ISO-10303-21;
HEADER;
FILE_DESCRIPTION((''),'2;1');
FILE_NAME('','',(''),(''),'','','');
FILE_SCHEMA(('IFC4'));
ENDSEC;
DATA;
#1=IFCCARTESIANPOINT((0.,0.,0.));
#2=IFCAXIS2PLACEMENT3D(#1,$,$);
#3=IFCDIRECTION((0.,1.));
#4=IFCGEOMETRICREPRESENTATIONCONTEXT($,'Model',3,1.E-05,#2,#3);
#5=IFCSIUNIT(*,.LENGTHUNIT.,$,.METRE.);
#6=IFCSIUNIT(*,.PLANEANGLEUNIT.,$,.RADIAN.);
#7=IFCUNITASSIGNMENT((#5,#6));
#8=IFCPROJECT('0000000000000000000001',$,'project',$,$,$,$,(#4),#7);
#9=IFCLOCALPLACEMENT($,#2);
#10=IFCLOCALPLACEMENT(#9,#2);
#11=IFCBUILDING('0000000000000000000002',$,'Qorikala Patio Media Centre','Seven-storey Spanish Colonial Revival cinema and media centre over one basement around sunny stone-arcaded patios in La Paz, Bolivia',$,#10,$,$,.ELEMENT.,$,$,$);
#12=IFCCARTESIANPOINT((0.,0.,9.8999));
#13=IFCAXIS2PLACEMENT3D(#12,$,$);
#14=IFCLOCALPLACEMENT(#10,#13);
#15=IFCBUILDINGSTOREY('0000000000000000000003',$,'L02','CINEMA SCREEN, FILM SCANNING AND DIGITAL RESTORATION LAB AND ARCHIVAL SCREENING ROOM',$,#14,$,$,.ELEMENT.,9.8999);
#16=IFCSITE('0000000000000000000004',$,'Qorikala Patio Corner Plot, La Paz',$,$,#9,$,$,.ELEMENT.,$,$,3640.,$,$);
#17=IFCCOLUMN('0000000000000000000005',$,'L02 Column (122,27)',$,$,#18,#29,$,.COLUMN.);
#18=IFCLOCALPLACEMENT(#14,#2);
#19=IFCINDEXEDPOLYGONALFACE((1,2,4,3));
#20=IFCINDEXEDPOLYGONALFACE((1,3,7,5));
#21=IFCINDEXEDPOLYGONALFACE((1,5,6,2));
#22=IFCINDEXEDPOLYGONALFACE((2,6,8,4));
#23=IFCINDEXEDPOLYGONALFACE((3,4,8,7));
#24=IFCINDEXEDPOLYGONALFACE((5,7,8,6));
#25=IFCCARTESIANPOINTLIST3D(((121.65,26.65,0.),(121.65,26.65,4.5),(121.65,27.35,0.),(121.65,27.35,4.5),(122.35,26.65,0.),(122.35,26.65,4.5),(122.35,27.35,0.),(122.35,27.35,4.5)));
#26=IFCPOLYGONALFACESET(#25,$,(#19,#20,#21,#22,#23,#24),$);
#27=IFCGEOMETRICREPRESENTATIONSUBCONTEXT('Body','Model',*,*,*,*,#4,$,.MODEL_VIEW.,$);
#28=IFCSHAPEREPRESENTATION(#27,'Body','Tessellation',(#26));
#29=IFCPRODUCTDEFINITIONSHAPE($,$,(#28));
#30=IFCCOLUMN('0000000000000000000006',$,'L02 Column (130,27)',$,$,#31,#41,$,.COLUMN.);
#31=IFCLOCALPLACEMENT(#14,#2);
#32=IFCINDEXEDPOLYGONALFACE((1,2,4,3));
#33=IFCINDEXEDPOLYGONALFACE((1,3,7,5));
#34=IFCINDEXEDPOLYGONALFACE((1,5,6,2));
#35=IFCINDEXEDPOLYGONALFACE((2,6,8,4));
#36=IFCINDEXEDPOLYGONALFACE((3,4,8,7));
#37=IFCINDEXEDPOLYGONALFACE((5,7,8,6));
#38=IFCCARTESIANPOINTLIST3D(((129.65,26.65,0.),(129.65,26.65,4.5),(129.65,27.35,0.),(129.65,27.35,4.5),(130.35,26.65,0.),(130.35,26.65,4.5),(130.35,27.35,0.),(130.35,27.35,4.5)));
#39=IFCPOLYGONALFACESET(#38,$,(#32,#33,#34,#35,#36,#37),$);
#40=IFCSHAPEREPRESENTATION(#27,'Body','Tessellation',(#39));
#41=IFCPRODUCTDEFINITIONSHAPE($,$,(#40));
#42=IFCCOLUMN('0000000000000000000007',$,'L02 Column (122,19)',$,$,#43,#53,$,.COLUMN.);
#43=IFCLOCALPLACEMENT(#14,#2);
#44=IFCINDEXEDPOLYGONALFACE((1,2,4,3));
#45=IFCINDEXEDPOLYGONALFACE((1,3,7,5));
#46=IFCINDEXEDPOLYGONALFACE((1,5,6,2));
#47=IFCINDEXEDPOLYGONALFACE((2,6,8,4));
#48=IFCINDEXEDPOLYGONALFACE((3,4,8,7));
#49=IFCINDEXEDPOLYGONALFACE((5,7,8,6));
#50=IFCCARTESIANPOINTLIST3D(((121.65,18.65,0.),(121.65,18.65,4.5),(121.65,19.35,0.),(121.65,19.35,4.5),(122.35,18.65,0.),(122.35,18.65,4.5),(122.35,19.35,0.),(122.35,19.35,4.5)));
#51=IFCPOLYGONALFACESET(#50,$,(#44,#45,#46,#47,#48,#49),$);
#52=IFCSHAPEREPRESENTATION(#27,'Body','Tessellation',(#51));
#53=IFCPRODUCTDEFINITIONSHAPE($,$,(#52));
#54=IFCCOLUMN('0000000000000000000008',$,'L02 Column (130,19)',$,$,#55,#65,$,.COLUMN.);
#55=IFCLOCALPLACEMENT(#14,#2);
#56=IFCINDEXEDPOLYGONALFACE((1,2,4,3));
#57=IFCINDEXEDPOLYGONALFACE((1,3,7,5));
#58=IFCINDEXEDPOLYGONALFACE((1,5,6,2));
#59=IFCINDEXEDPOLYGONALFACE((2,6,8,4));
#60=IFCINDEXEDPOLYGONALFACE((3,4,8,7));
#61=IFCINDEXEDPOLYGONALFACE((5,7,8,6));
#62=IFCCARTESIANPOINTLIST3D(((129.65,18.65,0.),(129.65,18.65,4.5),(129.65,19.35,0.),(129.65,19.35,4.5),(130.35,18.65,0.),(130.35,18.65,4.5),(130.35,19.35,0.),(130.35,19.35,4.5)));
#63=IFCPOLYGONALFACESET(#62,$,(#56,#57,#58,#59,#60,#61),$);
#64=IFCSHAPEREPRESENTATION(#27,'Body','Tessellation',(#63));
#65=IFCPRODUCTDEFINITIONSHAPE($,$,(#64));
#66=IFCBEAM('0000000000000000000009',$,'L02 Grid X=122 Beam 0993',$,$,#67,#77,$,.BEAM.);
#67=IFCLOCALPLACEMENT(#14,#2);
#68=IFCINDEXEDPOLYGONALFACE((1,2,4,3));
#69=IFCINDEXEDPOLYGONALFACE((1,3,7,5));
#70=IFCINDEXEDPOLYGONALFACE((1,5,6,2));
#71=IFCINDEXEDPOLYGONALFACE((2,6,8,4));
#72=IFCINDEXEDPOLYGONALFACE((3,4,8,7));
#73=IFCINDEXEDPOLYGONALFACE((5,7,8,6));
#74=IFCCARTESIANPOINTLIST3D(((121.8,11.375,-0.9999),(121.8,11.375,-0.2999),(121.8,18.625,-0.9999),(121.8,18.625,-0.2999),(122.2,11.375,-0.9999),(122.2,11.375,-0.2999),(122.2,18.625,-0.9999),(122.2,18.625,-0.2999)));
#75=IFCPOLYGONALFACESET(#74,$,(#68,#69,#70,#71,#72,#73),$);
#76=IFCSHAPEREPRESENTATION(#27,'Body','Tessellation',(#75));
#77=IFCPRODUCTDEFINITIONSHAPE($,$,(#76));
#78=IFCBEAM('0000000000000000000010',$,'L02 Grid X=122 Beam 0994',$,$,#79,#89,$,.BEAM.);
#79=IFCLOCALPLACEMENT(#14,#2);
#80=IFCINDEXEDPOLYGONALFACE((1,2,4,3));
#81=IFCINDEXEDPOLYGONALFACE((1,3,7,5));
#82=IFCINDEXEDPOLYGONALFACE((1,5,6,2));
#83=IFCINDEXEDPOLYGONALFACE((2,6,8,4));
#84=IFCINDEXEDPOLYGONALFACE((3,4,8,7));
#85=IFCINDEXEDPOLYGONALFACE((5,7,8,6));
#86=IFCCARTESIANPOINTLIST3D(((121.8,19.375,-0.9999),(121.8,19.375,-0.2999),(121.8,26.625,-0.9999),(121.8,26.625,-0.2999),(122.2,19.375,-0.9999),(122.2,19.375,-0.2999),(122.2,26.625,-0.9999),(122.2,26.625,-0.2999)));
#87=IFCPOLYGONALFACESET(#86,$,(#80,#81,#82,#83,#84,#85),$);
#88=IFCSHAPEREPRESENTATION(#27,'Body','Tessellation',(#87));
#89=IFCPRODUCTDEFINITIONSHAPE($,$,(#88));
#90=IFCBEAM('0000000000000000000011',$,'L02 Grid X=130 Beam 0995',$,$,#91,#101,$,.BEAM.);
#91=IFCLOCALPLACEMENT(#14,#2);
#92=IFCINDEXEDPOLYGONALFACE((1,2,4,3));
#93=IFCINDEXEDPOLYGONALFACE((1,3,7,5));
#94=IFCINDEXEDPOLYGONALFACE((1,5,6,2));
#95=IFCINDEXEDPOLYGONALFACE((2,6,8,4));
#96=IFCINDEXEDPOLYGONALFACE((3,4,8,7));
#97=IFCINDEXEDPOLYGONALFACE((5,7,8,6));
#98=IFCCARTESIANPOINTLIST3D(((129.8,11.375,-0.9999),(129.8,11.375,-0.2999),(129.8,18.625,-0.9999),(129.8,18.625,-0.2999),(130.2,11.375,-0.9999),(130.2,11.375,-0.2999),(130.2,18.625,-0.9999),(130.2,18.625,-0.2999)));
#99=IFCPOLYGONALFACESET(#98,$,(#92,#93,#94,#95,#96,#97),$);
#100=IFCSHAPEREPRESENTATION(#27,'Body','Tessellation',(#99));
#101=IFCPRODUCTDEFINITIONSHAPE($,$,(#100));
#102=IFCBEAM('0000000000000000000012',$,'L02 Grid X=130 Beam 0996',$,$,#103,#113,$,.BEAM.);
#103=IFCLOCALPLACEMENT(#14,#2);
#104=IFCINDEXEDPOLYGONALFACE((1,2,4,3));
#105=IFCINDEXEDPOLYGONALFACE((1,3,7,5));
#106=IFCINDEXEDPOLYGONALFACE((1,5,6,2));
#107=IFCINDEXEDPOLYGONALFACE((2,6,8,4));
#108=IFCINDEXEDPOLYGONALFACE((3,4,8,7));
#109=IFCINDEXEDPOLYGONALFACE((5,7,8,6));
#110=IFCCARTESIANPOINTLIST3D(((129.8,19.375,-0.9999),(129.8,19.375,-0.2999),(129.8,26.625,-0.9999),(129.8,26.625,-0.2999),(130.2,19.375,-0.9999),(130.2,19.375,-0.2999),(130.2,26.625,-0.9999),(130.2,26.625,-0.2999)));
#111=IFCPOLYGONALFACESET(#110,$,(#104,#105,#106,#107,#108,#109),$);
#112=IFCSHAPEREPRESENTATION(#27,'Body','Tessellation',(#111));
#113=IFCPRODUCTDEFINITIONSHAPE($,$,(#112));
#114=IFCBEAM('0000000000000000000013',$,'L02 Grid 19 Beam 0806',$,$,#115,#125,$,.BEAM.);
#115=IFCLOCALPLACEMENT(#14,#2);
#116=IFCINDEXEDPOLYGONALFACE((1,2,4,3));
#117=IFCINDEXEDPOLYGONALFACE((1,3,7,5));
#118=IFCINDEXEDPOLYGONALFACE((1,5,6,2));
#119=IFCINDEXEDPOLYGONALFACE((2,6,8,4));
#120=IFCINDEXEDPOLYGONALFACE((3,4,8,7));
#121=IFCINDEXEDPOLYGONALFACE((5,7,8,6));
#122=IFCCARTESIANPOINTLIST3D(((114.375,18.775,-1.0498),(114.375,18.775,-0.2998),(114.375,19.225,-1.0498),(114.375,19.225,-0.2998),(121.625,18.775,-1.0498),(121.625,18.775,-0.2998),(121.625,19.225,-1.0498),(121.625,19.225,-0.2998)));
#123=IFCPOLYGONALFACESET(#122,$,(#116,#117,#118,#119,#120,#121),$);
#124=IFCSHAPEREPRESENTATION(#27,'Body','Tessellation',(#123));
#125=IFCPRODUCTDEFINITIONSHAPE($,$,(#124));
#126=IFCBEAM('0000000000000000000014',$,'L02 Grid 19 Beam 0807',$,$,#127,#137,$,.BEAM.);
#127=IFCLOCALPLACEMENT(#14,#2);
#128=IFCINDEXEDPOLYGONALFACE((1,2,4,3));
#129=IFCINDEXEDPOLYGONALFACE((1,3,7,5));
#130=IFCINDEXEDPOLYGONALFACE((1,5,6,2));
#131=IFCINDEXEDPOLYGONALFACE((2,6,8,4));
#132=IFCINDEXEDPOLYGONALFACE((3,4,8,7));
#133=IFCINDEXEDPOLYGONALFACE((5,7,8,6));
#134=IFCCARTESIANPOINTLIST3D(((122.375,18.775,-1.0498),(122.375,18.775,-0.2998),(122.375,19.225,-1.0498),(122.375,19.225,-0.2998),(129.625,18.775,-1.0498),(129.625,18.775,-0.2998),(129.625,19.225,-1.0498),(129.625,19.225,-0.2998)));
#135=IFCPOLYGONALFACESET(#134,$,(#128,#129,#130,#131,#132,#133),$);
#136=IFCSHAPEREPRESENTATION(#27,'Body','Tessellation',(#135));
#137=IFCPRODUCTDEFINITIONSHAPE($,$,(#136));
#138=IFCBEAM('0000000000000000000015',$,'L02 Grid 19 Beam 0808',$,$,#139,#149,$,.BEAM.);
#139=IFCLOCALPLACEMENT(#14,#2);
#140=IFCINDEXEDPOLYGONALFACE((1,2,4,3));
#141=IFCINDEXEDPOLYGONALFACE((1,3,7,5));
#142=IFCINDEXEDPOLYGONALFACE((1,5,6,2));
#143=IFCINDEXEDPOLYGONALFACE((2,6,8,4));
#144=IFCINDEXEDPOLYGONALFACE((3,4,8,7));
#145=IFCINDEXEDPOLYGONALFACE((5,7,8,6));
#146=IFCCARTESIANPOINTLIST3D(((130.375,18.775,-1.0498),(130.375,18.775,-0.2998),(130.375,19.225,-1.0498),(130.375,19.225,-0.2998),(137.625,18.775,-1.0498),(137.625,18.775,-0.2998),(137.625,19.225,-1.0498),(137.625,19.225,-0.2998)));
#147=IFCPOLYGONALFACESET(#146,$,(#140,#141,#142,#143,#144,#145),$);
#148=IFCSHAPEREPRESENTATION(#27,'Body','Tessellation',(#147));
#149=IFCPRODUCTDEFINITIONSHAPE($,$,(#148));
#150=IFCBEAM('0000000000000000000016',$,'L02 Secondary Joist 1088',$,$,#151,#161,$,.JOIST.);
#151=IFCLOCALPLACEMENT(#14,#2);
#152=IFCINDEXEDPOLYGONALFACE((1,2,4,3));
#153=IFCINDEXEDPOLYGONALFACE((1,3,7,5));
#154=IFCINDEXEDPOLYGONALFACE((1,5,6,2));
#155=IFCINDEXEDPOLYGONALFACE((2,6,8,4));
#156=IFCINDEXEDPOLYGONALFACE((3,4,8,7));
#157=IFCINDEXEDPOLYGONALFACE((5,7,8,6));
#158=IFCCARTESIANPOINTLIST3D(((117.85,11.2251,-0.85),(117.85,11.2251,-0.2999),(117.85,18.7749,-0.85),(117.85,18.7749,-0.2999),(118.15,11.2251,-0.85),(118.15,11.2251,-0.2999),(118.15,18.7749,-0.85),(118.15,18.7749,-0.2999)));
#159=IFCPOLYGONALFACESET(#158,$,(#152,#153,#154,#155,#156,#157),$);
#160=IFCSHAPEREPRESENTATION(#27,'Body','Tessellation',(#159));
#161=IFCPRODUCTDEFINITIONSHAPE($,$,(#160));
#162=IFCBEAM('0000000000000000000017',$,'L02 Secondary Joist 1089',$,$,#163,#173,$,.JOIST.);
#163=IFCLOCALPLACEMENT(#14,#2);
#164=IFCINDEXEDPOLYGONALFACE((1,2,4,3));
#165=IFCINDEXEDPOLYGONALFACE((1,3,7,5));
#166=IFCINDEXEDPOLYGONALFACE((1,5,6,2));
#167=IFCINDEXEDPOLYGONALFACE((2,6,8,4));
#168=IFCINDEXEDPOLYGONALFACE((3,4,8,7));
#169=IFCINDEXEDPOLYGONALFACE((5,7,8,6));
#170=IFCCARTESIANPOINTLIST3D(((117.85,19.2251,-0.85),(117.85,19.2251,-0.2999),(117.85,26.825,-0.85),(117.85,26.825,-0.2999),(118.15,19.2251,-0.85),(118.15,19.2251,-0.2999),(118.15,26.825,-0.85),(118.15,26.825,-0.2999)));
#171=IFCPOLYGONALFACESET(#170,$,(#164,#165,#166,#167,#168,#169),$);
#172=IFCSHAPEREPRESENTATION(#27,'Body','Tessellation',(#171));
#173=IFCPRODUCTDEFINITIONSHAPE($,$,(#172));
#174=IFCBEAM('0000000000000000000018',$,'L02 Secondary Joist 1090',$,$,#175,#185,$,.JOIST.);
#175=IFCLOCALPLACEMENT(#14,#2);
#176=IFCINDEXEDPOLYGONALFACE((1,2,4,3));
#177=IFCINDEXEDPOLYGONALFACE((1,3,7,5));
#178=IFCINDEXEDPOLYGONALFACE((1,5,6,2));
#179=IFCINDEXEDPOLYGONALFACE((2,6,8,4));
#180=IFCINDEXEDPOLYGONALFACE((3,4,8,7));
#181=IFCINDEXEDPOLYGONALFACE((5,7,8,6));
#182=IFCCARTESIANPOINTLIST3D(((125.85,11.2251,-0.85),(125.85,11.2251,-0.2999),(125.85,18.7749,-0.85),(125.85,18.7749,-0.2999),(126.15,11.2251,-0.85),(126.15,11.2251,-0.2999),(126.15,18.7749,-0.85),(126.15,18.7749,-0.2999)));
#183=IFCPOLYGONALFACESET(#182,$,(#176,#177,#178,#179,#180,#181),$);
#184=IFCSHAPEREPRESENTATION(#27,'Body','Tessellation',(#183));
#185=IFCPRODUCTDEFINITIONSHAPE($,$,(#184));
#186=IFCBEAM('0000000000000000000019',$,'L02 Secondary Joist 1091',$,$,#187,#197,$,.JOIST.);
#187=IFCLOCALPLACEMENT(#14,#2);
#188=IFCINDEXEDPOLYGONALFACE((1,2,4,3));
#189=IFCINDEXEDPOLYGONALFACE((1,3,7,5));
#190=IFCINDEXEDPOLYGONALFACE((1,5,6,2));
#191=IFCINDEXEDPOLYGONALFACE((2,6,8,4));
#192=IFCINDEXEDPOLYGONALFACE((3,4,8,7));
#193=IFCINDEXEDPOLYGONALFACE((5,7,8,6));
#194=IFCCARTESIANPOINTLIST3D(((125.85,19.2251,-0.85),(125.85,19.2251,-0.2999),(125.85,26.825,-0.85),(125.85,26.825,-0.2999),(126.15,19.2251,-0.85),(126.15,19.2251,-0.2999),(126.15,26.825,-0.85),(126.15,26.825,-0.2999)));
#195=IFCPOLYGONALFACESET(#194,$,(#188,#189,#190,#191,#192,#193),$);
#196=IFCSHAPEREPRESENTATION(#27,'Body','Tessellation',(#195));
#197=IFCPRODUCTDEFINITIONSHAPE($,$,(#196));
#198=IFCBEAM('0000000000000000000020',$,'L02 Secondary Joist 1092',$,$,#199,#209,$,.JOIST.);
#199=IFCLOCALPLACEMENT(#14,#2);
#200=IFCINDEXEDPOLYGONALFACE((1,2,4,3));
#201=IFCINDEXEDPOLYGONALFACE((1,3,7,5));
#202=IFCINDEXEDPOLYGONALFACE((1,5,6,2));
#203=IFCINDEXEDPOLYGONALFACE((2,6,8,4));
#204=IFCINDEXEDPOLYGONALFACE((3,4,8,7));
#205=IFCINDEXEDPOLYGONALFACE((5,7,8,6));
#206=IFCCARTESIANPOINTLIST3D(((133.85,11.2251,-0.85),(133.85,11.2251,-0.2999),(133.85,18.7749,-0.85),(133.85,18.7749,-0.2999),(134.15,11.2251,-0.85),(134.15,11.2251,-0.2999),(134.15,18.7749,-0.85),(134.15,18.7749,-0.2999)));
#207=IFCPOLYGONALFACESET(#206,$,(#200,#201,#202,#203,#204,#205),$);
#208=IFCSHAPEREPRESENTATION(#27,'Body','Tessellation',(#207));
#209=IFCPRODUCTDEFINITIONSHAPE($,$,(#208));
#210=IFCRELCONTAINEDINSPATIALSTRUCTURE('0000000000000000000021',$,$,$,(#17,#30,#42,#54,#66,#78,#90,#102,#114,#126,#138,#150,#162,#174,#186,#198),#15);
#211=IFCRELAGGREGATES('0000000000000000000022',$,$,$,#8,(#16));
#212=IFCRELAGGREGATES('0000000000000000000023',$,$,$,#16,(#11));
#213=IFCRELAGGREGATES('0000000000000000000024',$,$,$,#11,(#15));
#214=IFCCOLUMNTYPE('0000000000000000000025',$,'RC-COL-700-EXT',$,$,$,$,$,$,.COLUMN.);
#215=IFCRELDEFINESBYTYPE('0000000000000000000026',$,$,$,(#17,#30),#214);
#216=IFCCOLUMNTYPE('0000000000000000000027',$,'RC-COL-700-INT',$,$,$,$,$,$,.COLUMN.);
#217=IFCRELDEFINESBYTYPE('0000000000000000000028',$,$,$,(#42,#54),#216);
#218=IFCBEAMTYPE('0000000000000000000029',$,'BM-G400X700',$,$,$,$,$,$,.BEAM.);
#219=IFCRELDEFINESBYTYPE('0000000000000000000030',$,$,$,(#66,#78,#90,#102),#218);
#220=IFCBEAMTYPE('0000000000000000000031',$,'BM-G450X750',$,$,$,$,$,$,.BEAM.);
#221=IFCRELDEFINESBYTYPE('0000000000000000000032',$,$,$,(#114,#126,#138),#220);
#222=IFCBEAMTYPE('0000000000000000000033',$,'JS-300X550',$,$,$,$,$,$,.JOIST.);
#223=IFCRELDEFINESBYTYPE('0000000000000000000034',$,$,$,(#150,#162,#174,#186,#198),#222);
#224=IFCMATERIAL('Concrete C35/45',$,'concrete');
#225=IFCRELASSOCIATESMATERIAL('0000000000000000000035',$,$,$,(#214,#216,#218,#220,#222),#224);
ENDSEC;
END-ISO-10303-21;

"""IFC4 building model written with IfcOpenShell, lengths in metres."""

from ifc_helpers import new_model, si_unit, direction, frame, origin, origin_2d, place, context, subcontext, project, spatial, rectangle, extrude, material, material_profile, profile_set, type_object, element, save


model = new_model("IFC4")

# Units and contexts
model_context = context("Model", 3, precision=1e-05, world=origin(), true_north=direction((0.0, 1.0)))
body_context = subcontext(model_context, "Body", "Model", "MODEL_VIEW")
ifc_project = project(units=[si_unit("LENGTHUNIT", "METRE"), si_unit("PLANEANGLEUNIT", "RADIAN")], contexts=[model_context])

# Site, building, storey
site_placement = place(None, origin())
site = spatial("IfcSite", under=ifc_project, at=site_placement, Name="Qorikala Patio Corner Plot, La Paz", CompositionType="ELEMENT", RefElevation=3640.0)
building_placement = place(site_placement, origin())
building = spatial("IfcBuilding", under=site, at=building_placement, Name="Qorikala Patio Media Centre", Description="Seven-storey Spanish Colonial Revival cinema and media centre over one basement around sunny stone-arcaded patios in La Paz, Bolivia", CompositionType="ELEMENT")
storey_placement = place(building_placement, frame((0.0, 0.0, 9.8999)))
storey = spatial("IfcBuildingStorey", under=building, at=storey_placement, Name="L02", Description="CINEMA SCREEN, FILM SCANNING AND DIGITAL RESTORATION LAB AND ARCHIVAL SCREENING ROOM", CompositionType="ELEMENT", Elevation=9.8999)

# Columns
ifc_material_1 = material(Name="Concrete C35/45", Category="concrete")
ifc_material_profile_1 = material_profile(ifc_material_1, rectangle(XDim=0.7, YDim=0.7, at=origin_2d()), Name="RC 700x700")
ifc_profile_set_1 = profile_set([ifc_material_profile_1], Name="Concrete C35/45")
column_type_1 = type_object("IfcColumnType", Name="RC-COL-700-EXT", PredefinedType="COLUMN", material=ifc_profile_set_1)
for number, where, z_axis, x_axis, name in (
    (1, (122.0, 27.0, 0.0), (0.0, 0.0, 1.0), (1.0, 0.0, 0.0), "L02 Column (122,27)"),
    (2, (130.0, 27.0, 0.0), (0.0, 0.0, 1.0), (1.0, 0.0, 0.0), "L02 Column (130,27)"),
):
    element("IfcColumn", number, at=place(storey_placement, frame(where, z_axis=z_axis, x_axis=x_axis)), inside=storey, type_object=column_type_1, Name=name, PredefinedType="COLUMN", context=body_context, shape_type="SweptSolid", body=[
        extrude(rectangle(XDim=0.7, YDim=0.7, at=origin_2d()), origin(), (0.0, 0.0, 1.0), 4.5),
    ])
ifc_material_profile_2 = material_profile(ifc_material_1, rectangle(XDim=0.7, YDim=0.7, at=origin_2d()), Name="RC 700x700")
ifc_profile_set_2 = profile_set([ifc_material_profile_2], Name="Concrete C35/45")
column_type_2 = type_object("IfcColumnType", Name="RC-COL-700-INT", PredefinedType="COLUMN", material=ifc_profile_set_2)
for number, where, z_axis, x_axis, name in (
    (3, (122.0, 19.0, 0.0), (0.0, 0.0, 1.0), (1.0, 0.0, 0.0), "L02 Column (122,19)"),
    (4, (130.0, 19.0, 0.0), (0.0, 0.0, 1.0), (1.0, 0.0, 0.0), "L02 Column (130,19)"),
):
    element("IfcColumn", number, at=place(storey_placement, frame(where, z_axis=z_axis, x_axis=x_axis)), inside=storey, type_object=column_type_2, Name=name, PredefinedType="COLUMN", context=body_context, shape_type="SweptSolid", body=[
        extrude(rectangle(XDim=0.7, YDim=0.7, at=origin_2d()), origin(), (0.0, 0.0, 1.0), 4.5),
    ])

# Beams
ifc_material_profile_3 = material_profile(ifc_material_1, rectangle(XDim=0.3999, YDim=0.7, at=origin_2d()), Name="RC 400x700")
ifc_profile_set_3 = profile_set([ifc_material_profile_3], Name="Concrete C35/45")
beam_type_1 = type_object("IfcBeamType", Name="BM-G400X700", PredefinedType="BEAM", material=ifc_profile_set_3)
for number, where, z_axis, x_axis, name in (
    (5, (122.0, 11.375, -0.6499), (0.0, 1.0, 0.0), (-1.0, 0.0, 0.0), "L02 Grid X=122 Beam 0993"),
    (6, (122.0, 19.375, -0.6499), (0.0, 1.0, 0.0), (-1.0, 0.0, 0.0), "L02 Grid X=122 Beam 0994"),
    (7, (130.0, 11.375, -0.6499), (0.0, 1.0, 0.0), (-1.0, 0.0, 0.0), "L02 Grid X=130 Beam 0995"),
    (8, (130.0, 19.375, -0.6499), (0.0, 1.0, 0.0), (-1.0, 0.0, 0.0), "L02 Grid X=130 Beam 0996"),
):
    element("IfcBeam", number, at=place(storey_placement, frame(where, z_axis=z_axis, x_axis=x_axis)), inside=storey, type_object=beam_type_1, Name=name, PredefinedType="BEAM", context=body_context, shape_type="SweptSolid", body=[
        extrude(rectangle(XDim=0.3999, YDim=0.7, at=origin_2d()), origin(), (0.0, 0.0, 1.0), 7.25),
    ])
ifc_material_profile_4 = material_profile(ifc_material_1, rectangle(XDim=0.45, YDim=0.75, at=origin_2d()), Name="RC 450x750")
ifc_profile_set_4 = profile_set([ifc_material_profile_4], Name="Concrete C35/45")
beam_type_2 = type_object("IfcBeamType", Name="BM-G450X750", PredefinedType="BEAM", material=ifc_profile_set_4)
for number, where, z_axis, x_axis, name in (
    (9, (114.375, 19.0, -0.6748), (1.0, 0.0, 0.0), (0.0, 1.0, 0.0), "L02 Grid 19 Beam 0806"),
    (10, (122.375, 19.0, -0.6748), (1.0, 0.0, 0.0), (0.0, 1.0, 0.0), "L02 Grid 19 Beam 0807"),
    (11, (130.375, 19.0, -0.6748), (1.0, 0.0, 0.0), (0.0, 1.0, 0.0), "L02 Grid 19 Beam 0808"),
):
    element("IfcBeam", number, at=place(storey_placement, frame(where, z_axis=z_axis, x_axis=x_axis)), inside=storey, type_object=beam_type_2, Name=name, PredefinedType="BEAM", context=body_context, shape_type="SweptSolid", body=[
        extrude(rectangle(XDim=0.45, YDim=0.75, at=origin_2d()), origin(), (0.0, 0.0, 1.0), 7.25),
    ])
ifc_material_profile_5 = material_profile(ifc_material_1, rectangle(XDim=0.3, YDim=0.55, at=origin_2d()), Name="RC 300x550")
ifc_profile_set_5 = profile_set([ifc_material_profile_5], Name="Concrete C35/45")
beam_type_3 = type_object("IfcBeamType", Name="JS-300X550", PredefinedType="JOIST", material=ifc_profile_set_5)
beam_1_placement = place(storey_placement, frame((118.0, 11.2251, -0.575), z_axis=(0.0, 1.0, 0.0), x_axis=(-1.0, 0.0, 0.0)))
element("IfcBeam", 12, at=beam_1_placement, inside=storey, type_object=beam_type_3, Name="L02 Secondary Joist 1088", PredefinedType="JOIST", context=body_context, shape_type="SweptSolid", body=[
    extrude(rectangle(XDim=0.3, YDim=0.55, at=origin_2d()), origin(), (0.0, 0.0, 1.0), 7.5498),
])
beam_2_placement = place(storey_placement, frame((118.0, 19.2251, -0.575), z_axis=(0.0, 1.0, 0.0), x_axis=(-1.0, 0.0, 0.0)))
element("IfcBeam", 13, at=beam_2_placement, inside=storey, type_object=beam_type_3, Name="L02 Secondary Joist 1089", PredefinedType="JOIST", context=body_context, shape_type="SweptSolid", body=[
    extrude(rectangle(XDim=0.3, YDim=0.55, at=origin_2d()), origin(), (0.0, 0.0, 1.0), 7.5999),
])
beam_3_placement = place(storey_placement, frame((126.0, 11.2251, -0.575), z_axis=(0.0, 1.0, 0.0), x_axis=(-1.0, 0.0, 0.0)))
element("IfcBeam", 14, at=beam_3_placement, inside=storey, type_object=beam_type_3, Name="L02 Secondary Joist 1090", PredefinedType="JOIST", context=body_context, shape_type="SweptSolid", body=[
    extrude(rectangle(XDim=0.3, YDim=0.55, at=origin_2d()), origin(), (0.0, 0.0, 1.0), 7.5498),
])
beam_4_placement = place(storey_placement, frame((126.0, 19.2251, -0.575), z_axis=(0.0, 1.0, 0.0), x_axis=(-1.0, 0.0, 0.0)))
element("IfcBeam", 15, at=beam_4_placement, inside=storey, type_object=beam_type_3, Name="L02 Secondary Joist 1091", PredefinedType="JOIST", context=body_context, shape_type="SweptSolid", body=[
    extrude(rectangle(XDim=0.3, YDim=0.55, at=origin_2d()), origin(), (0.0, 0.0, 1.0), 7.5999),
])
beam_5_placement = place(storey_placement, frame((134.0, 11.2251, -0.575), z_axis=(0.0, 1.0, 0.0), x_axis=(-1.0, 0.0, 0.0)))
element("IfcBeam", 16, at=beam_5_placement, inside=storey, type_object=beam_type_3, Name="L02 Secondary Joist 1092", PredefinedType="JOIST", context=body_context, shape_type="SweptSolid", body=[
    extrude(rectangle(XDim=0.3, YDim=0.55, at=origin_2d()), origin(), (0.0, 0.0, 1.0), 7.5498),
])

save(model, "model.ifc")
